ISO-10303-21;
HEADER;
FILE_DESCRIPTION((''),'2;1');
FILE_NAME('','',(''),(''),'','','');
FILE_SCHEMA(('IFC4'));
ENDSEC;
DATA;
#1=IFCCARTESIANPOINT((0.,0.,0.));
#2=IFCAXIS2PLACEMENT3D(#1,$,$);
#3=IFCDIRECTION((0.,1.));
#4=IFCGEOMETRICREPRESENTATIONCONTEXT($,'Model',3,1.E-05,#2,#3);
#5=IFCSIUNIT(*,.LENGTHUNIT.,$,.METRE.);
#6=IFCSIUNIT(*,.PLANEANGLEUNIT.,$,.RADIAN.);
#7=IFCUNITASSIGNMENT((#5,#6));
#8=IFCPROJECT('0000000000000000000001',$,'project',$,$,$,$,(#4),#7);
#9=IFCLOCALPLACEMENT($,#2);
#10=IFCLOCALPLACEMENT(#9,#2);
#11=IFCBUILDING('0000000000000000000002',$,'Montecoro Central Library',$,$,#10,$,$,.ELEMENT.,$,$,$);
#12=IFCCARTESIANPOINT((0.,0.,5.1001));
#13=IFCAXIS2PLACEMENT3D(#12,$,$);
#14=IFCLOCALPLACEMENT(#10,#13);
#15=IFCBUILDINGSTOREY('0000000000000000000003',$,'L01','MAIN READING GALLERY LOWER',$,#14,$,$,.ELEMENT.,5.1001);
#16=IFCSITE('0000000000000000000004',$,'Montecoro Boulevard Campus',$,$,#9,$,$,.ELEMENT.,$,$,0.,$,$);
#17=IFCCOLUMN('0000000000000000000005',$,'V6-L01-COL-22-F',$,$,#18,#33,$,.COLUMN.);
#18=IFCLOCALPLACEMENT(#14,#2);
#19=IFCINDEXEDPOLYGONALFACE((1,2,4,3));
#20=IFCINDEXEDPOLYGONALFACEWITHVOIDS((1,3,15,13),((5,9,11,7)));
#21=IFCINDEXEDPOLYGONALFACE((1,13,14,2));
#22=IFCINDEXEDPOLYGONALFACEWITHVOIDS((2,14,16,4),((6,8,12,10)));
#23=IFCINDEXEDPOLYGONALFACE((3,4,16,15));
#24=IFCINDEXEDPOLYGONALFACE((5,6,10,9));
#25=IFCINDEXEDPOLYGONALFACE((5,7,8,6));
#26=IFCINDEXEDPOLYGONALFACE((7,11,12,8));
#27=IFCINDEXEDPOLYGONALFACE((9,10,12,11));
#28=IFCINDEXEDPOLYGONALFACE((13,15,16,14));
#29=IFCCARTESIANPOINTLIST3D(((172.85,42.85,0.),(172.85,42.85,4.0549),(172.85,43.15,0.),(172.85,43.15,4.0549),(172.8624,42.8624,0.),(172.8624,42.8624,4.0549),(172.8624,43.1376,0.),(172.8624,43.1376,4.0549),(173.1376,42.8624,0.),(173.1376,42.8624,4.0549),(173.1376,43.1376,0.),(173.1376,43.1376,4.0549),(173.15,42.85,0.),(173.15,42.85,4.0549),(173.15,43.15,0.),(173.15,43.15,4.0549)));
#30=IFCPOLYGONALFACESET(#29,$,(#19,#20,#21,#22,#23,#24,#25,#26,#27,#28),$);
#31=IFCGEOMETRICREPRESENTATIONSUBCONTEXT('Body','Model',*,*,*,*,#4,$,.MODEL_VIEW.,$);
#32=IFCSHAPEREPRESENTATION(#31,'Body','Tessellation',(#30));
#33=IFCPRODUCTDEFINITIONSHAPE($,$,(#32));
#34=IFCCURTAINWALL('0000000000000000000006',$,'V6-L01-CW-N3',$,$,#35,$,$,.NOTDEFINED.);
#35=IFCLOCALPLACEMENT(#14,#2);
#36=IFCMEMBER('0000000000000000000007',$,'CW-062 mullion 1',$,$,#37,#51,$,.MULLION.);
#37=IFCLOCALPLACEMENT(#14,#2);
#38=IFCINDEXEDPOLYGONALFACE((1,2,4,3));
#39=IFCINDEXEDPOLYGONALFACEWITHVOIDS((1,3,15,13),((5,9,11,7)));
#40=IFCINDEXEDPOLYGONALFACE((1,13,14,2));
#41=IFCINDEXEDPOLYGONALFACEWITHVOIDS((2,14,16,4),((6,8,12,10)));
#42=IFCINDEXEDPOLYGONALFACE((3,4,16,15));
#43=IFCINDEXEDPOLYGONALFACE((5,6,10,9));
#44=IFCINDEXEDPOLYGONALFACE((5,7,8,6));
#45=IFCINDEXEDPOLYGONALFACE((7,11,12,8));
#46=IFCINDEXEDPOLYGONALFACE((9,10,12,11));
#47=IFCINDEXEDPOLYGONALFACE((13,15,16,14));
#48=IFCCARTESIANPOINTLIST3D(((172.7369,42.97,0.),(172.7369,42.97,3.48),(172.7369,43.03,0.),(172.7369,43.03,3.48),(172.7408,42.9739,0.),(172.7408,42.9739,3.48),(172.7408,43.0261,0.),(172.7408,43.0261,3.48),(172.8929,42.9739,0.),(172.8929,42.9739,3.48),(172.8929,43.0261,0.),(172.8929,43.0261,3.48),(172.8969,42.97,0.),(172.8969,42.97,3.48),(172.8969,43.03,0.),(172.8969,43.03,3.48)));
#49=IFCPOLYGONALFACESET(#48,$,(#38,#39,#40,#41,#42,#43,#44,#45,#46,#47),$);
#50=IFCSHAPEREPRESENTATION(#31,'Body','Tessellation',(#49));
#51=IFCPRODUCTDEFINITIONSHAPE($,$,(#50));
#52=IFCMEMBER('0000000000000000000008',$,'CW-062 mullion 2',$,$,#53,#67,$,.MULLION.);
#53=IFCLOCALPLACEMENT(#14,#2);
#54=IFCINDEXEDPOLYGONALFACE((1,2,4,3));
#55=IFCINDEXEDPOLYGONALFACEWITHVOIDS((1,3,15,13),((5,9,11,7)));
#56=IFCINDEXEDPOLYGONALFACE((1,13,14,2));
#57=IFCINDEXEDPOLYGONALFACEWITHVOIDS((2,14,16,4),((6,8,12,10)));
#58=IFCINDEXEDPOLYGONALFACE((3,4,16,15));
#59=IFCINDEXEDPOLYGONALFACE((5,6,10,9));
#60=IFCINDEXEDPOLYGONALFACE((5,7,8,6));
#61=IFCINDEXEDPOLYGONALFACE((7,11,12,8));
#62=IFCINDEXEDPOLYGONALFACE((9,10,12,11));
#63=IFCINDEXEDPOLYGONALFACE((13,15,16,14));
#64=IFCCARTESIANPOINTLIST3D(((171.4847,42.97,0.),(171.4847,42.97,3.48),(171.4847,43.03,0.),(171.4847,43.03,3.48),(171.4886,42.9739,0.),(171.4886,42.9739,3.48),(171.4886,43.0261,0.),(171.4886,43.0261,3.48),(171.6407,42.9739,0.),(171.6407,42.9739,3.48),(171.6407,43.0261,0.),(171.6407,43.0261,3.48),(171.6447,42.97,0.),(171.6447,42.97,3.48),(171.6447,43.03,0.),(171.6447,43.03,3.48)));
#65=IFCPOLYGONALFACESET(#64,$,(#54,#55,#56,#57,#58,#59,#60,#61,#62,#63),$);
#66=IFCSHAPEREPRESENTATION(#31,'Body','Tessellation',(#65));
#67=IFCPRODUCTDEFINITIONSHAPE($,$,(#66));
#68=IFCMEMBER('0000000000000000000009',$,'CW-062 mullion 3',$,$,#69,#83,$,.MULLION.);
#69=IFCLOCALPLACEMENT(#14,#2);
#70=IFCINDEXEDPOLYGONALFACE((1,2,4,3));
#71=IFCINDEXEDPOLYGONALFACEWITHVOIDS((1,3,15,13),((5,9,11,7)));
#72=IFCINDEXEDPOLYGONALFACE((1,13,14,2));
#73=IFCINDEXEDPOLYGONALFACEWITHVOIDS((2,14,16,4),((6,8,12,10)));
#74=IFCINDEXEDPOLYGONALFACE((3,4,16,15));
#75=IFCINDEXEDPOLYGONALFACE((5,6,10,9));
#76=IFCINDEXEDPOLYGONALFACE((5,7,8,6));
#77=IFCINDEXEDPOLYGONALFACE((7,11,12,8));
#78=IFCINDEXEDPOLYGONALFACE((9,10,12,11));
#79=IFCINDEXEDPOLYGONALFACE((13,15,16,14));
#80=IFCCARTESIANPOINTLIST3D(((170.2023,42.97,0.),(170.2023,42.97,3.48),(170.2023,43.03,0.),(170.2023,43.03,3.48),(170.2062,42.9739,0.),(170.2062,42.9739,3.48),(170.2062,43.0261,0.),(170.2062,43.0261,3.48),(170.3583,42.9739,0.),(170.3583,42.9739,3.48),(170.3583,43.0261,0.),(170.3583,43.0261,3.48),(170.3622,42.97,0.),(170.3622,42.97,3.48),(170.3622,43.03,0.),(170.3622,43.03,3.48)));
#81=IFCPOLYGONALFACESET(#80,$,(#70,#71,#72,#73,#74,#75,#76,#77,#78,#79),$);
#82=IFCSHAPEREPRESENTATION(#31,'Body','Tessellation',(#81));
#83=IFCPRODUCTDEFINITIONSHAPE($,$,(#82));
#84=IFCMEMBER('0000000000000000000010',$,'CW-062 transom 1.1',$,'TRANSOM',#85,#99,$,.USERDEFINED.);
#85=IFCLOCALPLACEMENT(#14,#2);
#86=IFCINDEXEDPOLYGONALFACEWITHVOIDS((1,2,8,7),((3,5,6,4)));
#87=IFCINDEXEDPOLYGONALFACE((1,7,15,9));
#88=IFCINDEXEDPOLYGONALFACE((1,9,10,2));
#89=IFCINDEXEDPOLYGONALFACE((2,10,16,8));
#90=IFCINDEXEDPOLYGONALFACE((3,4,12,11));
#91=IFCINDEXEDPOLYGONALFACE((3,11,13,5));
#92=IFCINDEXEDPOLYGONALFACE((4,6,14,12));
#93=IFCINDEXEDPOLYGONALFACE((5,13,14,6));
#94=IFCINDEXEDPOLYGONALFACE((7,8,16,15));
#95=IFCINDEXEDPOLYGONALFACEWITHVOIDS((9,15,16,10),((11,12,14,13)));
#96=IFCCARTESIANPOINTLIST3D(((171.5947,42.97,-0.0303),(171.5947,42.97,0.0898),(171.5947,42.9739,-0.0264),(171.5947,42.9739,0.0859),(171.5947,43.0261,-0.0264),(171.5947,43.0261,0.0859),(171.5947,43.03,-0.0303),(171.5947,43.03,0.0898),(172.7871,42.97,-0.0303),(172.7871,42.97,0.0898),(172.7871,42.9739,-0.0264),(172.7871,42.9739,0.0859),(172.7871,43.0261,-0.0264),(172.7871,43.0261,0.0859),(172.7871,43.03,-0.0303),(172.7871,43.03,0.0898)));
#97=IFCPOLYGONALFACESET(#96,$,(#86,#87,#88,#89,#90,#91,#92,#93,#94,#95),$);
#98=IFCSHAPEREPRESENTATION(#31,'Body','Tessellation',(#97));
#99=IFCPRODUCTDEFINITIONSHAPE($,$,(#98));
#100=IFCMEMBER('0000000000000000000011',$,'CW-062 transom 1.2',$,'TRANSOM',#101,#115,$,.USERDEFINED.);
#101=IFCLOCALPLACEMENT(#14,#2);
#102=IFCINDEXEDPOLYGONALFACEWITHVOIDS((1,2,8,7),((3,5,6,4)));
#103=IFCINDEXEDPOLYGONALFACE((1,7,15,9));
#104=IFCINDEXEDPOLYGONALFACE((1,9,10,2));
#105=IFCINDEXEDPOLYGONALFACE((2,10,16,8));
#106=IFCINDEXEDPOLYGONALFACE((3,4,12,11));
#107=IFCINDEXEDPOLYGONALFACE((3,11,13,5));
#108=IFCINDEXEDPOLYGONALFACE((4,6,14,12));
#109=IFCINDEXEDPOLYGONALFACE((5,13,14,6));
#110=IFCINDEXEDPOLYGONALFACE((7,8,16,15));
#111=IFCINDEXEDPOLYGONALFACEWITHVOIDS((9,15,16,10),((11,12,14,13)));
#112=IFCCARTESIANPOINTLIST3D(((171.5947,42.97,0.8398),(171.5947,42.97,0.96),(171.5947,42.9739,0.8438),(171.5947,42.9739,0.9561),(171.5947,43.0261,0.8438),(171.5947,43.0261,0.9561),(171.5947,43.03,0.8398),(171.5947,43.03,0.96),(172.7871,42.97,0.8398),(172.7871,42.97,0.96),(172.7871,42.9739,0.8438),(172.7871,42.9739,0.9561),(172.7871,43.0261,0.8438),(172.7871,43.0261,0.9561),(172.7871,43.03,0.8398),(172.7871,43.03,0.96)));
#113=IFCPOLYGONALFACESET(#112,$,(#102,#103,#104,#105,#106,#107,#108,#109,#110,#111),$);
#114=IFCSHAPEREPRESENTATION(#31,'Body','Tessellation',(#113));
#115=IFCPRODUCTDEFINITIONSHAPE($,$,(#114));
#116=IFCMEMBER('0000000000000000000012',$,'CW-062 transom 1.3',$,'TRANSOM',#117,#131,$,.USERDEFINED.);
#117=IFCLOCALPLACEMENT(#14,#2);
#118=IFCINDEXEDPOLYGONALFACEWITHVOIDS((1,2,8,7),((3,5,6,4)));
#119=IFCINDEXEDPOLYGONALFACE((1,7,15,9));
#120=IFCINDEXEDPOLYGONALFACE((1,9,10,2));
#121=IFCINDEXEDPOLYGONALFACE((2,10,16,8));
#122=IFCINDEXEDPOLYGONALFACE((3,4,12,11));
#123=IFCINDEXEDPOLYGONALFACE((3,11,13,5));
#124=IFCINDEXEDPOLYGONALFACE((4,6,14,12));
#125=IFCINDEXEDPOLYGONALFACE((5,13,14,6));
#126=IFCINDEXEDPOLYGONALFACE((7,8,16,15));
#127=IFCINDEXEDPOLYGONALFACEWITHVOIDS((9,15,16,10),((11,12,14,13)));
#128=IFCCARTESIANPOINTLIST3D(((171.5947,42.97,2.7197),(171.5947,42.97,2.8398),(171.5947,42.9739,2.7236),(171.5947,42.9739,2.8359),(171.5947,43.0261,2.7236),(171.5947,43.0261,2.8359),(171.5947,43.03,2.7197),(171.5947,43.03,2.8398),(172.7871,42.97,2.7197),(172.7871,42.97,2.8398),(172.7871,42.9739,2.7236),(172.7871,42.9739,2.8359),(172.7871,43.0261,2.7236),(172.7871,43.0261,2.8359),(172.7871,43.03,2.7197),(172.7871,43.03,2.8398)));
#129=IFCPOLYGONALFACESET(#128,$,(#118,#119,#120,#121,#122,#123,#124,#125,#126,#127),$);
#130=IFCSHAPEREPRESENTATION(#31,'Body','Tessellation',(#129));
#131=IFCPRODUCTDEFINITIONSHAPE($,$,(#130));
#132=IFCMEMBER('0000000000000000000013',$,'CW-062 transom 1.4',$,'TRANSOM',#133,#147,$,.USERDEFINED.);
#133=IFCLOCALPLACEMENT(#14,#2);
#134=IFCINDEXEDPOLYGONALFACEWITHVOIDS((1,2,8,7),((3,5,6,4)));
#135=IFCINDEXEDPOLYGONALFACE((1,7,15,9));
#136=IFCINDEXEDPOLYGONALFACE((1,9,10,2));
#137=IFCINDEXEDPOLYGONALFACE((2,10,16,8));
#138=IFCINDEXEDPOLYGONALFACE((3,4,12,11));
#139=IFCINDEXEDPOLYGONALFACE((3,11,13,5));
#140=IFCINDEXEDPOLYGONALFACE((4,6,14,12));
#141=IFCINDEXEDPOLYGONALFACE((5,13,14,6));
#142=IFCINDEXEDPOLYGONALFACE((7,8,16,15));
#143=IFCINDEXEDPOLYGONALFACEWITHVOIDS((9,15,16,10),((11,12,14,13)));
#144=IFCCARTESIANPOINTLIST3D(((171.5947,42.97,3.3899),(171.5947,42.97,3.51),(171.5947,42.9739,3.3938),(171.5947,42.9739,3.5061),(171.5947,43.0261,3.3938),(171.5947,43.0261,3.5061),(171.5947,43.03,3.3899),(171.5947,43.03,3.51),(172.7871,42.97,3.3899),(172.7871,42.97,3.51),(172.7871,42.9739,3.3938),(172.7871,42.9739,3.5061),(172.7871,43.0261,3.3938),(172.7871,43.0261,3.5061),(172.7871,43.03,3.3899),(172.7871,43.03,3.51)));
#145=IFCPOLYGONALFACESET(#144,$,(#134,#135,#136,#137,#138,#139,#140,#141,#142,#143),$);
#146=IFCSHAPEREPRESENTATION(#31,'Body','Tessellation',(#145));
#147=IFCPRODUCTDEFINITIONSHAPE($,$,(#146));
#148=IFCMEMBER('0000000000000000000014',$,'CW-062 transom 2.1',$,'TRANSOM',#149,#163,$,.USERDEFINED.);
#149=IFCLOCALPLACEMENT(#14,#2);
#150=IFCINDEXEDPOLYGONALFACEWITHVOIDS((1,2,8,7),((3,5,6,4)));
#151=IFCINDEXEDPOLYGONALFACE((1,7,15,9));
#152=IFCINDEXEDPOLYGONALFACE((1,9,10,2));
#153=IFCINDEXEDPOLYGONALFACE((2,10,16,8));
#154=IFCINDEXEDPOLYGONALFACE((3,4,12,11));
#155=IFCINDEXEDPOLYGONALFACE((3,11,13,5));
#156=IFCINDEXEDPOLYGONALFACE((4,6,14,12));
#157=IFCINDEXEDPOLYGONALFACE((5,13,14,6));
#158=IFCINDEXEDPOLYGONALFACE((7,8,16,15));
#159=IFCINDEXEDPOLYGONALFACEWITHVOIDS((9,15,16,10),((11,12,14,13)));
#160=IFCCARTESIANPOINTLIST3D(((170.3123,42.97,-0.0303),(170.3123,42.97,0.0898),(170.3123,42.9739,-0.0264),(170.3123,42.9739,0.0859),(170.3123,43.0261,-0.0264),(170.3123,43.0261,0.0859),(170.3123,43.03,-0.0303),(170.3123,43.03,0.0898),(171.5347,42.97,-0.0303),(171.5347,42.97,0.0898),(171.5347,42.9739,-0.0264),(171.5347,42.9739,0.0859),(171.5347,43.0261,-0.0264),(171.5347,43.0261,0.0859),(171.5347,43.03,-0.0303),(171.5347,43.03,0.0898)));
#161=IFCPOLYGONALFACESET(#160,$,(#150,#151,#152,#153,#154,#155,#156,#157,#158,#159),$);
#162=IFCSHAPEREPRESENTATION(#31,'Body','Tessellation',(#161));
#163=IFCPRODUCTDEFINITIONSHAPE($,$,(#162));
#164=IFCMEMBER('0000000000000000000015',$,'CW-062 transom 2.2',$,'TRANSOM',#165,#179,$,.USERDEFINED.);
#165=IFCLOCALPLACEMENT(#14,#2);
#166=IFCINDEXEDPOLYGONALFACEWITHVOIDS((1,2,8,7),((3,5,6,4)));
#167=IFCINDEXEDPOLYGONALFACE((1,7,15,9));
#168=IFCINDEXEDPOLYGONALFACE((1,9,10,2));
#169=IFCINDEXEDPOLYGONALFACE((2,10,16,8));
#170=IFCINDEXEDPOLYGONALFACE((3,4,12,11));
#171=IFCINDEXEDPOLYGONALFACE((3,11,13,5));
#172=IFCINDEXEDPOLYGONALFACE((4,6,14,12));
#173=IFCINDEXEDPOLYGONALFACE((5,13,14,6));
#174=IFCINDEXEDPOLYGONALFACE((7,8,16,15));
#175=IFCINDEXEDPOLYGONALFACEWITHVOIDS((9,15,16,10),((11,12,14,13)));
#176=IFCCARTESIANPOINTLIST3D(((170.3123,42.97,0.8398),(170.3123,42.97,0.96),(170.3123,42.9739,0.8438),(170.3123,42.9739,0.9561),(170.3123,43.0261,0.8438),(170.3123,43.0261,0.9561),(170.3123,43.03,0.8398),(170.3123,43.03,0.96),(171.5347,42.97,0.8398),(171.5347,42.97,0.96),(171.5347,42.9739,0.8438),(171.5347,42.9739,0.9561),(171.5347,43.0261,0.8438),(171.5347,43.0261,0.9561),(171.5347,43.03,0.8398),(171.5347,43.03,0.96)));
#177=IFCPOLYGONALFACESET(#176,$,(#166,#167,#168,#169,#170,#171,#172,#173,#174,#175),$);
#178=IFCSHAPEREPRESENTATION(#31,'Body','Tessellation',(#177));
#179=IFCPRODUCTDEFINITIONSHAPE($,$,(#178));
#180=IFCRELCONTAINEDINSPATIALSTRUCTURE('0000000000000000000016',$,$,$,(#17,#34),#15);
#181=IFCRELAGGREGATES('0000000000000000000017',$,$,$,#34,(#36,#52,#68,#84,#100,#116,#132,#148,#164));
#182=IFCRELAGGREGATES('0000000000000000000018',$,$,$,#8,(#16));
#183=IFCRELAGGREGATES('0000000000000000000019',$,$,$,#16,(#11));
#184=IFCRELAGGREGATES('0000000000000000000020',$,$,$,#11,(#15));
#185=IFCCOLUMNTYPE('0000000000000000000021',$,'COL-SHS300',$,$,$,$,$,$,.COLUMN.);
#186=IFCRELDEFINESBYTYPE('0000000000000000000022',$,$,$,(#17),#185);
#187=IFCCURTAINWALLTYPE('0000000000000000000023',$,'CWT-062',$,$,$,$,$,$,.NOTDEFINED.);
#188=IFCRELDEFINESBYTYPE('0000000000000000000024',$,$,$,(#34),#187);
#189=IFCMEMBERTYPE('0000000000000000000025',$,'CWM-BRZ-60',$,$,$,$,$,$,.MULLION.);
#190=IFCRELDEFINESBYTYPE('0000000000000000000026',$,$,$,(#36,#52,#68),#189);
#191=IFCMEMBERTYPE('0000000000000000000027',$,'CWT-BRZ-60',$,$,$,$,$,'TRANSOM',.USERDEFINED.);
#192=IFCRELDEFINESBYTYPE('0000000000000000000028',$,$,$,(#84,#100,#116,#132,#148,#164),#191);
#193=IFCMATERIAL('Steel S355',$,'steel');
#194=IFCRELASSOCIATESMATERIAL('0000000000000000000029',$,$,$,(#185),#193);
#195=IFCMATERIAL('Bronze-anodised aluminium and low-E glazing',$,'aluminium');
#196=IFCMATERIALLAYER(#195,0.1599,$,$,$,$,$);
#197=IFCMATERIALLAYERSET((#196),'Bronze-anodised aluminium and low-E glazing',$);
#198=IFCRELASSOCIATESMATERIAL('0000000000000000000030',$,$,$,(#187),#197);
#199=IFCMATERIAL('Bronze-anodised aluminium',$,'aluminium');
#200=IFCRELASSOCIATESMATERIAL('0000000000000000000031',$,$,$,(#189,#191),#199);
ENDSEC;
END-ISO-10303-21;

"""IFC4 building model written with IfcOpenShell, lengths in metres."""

from ifc_helpers import new_model, si_unit, direction, frame, origin, origin_2d, place, context, subcontext, project, spatial, hollow_rectangle, extrude, material, layer, layer_set, material_profile, profile_set, type_object, element, aggregate, save


model = new_model("IFC4")

# Units and contexts
model_context = context("Model", 3, precision=1e-05, world=origin(), true_north=direction((0.0, 1.0)))
body_context = subcontext(model_context, "Body", "Model", "MODEL_VIEW")
ifc_project = project(units=[si_unit("LENGTHUNIT", "METRE"), si_unit("PLANEANGLEUNIT", "RADIAN")], contexts=[model_context])

# Site, building, storey
site_placement = place(None, origin())
site = spatial("IfcSite", under=ifc_project, at=site_placement, Name="Montecoro Boulevard Campus", CompositionType="ELEMENT", RefElevation=0.0)
building_placement = place(site_placement, origin())
building = spatial("IfcBuilding", under=site, at=building_placement, Name="Montecoro Central Library", CompositionType="ELEMENT")
storey_placement = place(building_placement, frame((0.0, 0.0, 5.1001)))
storey = spatial("IfcBuildingStorey", under=building, at=storey_placement, Name="L01", Description="MAIN READING GALLERY LOWER", CompositionType="ELEMENT", Elevation=5.1001)

# Column
ifc_material_1 = material(Name="Steel S355", Category="steel")
ifc_material_profile_1 = material_profile(ifc_material_1, hollow_rectangle(XDim=0.3, YDim=0.3, WallThickness=0.0125, at=origin_2d()), Name="SHS 300x300x12.5")
ifc_profile_set_1 = profile_set([ifc_material_profile_1], Name="Steel S355")
column_type = type_object("IfcColumnType", Name="COL-SHS300", PredefinedType="COLUMN", material=ifc_profile_set_1)
column_placement = place(storey_placement, frame((173.0, 43.0, 0.0), z_axis=(0.0, 0.0, 1.0), x_axis=(1.0, 0.0, 0.0)))
element("IfcColumn", 1, at=column_placement, inside=storey, type_object=column_type, Name="V6-L01-COL-22-F", PredefinedType="COLUMN", context=body_context, shape_type="SweptSolid", body=[
    extrude(hollow_rectangle(XDim=0.3, YDim=0.3, WallThickness=0.0125, at=origin_2d()), origin(), (0.0, 0.0, 1.0), 4.0549),
])

# Curtain wall, members
ifc_material_2 = material(Name="Bronze-anodised aluminium and low-E glazing", Category="aluminium")
ifc_layer_1 = layer(ifc_material_2, 0.1599)
ifc_layer_set_1 = layer_set([ifc_layer_1], Name="Bronze-anodised aluminium and low-E glazing")
curtain_wall_type = type_object("IfcCurtainWallType", Name="CWT-062", PredefinedType="NOTDEFINED", material=ifc_layer_set_1)
curtain_wall_placement = place(storey_placement, origin())
curtain_wall = element("IfcCurtainWall", 2, at=curtain_wall_placement, inside=storey, type_object=curtain_wall_type, Name="V6-L01-CW-N3", PredefinedType="NOTDEFINED")
ifc_material_3 = material(Name="Bronze-anodised aluminium", Category="aluminium")
ifc_material_profile_2 = material_profile(ifc_material_3, hollow_rectangle(XDim=0.0601, YDim=0.1599, WallThickness=0.0039, at=origin_2d()), Name="CWM 160x60x4.0")
ifc_profile_set_2 = profile_set([ifc_material_profile_2], Name="Bronze-anodised aluminium")
member_type_1 = type_object("IfcMemberType", Name="CWM-BRZ-60", PredefinedType="MULLION", material=ifc_profile_set_2)
member_1_placement = place(storey_placement, frame((172.8169, 43.0, 0.0), z_axis=(0.0, 0.0, 1.0), x_axis=(0.0, -1.0, 0.0)))
member_1 = element("IfcMember", 3, at=member_1_placement, type_object=member_type_1, Name="CW-062 mullion 1", PredefinedType="MULLION", context=body_context, shape_type="SweptSolid", body=[
    extrude(hollow_rectangle(XDim=0.0601, YDim=0.1599, WallThickness=0.0039, at=origin_2d()), origin(), (0.0, 0.0, 1.0), 3.48),
])
member_2_placement = place(storey_placement, frame((171.5647, 43.0, 0.0), z_axis=(0.0, 0.0, 1.0), x_axis=(0.0, -1.0, 0.0)))
member_2 = element("IfcMember", 4, at=member_2_placement, type_object=member_type_1, Name="CW-062 mullion 2", PredefinedType="MULLION", context=body_context, shape_type="SweptSolid", body=[
    extrude(hollow_rectangle(XDim=0.0601, YDim=0.1599, WallThickness=0.0039, at=origin_2d()), origin(), (0.0, 0.0, 1.0), 3.48),
])
member_3_placement = place(storey_placement, frame((170.2822, 43.0, 0.0), z_axis=(0.0, 0.0, 1.0), x_axis=(0.0, -1.0, 0.0)))
member_3 = element("IfcMember", 5, at=member_3_placement, type_object=member_type_1, Name="CW-062 mullion 3", PredefinedType="MULLION", context=body_context, shape_type="SweptSolid", body=[
    extrude(hollow_rectangle(XDim=0.0601, YDim=0.1599, WallThickness=0.0039, at=origin_2d()), origin(), (0.0, 0.0, 1.0), 3.48),
])
ifc_material_profile_3 = material_profile(ifc_material_3, hollow_rectangle(XDim=0.0601, YDim=0.1201, WallThickness=0.0039, at=origin_2d()), Name="CWT 120x60x4.0")
ifc_profile_set_3 = profile_set([ifc_material_profile_3], Name="Bronze-anodised aluminium")
member_type_2 = type_object("IfcMemberType", Name="CWT-BRZ-60", ElementType="TRANSOM", PredefinedType="USERDEFINED", material=ifc_profile_set_3)
member_4_placement = place(storey_placement, frame((172.7871, 43.0, 0.0298), z_axis=(-1.0, 0.0, 0.0), x_axis=(0.0, -1.0, 0.0)))
member_4 = element("IfcMember", 6, at=member_4_placement, type_object=member_type_2, Name="CW-062 transom 1.1", ObjectType="TRANSOM", PredefinedType="USERDEFINED", context=body_context, shape_type="SweptSolid", body=[
    extrude(hollow_rectangle(XDim=0.0601, YDim=0.1201, WallThickness=0.0039, at=origin_2d()), origin(), (0.0, 0.0, 1.0), 1.1924),
])
member_5_placement = place(storey_placement, frame((172.7871, 43.0, 0.8999), z_axis=(-1.0, 0.0, 0.0), x_axis=(0.0, -1.0, 0.0)))
member_5 = element("IfcMember", 7, at=member_5_placement, type_object=member_type_2, Name="CW-062 transom 1.2", ObjectType="TRANSOM", PredefinedType="USERDEFINED", context=body_context, shape_type="SweptSolid", body=[
    extrude(hollow_rectangle(XDim=0.0601, YDim=0.1201, WallThickness=0.0039, at=origin_2d()), origin(), (0.0, 0.0, 1.0), 1.1924),
])
member_6_placement = place(storey_placement, frame((172.7871, 43.0, 2.7798), z_axis=(-1.0, 0.0, 0.0), x_axis=(0.0, -1.0, 0.0)))
member_6 = element("IfcMember", 8, at=member_6_placement, type_object=member_type_2, Name="CW-062 transom 1.3", ObjectType="TRANSOM", PredefinedType="USERDEFINED", context=body_context, shape_type="SweptSolid", body=[
    extrude(hollow_rectangle(XDim=0.0601, YDim=0.1201, WallThickness=0.0039, at=origin_2d()), origin(), (0.0, 0.0, 1.0), 1.1924),
])
member_7_placement = place(storey_placement, frame((172.7871, 43.0, 3.45), z_axis=(-1.0, 0.0, 0.0), x_axis=(0.0, -1.0, 0.0)))
member_7 = element("IfcMember", 9, at=member_7_placement, type_object=member_type_2, Name="CW-062 transom 1.4", ObjectType="TRANSOM", PredefinedType="USERDEFINED", context=body_context, shape_type="SweptSolid", body=[
    extrude(hollow_rectangle(XDim=0.0601, YDim=0.1201, WallThickness=0.0039, at=origin_2d()), origin(), (0.0, 0.0, 1.0), 1.1924),
])
member_8_placement = place(storey_placement, frame((171.5347, 43.0, 0.0298), z_axis=(-1.0, 0.0, 0.0), x_axis=(0.0, -1.0, 0.0)))
member_8 = element("IfcMember", 10, at=member_8_placement, type_object=member_type_2, Name="CW-062 transom 2.1", ObjectType="TRANSOM", PredefinedType="USERDEFINED", context=body_context, shape_type="SweptSolid", body=[
    extrude(hollow_rectangle(XDim=0.0601, YDim=0.1201, WallThickness=0.0039, at=origin_2d()), origin(), (0.0, 0.0, 1.0), 1.2224),
])
member_9_placement = place(storey_placement, frame((171.5347, 43.0, 0.8999), z_axis=(-1.0, 0.0, 0.0), x_axis=(0.0, -1.0, 0.0)))
member_9 = element("IfcMember", 11, at=member_9_placement, type_object=member_type_2, Name="CW-062 transom 2.2", ObjectType="TRANSOM", PredefinedType="USERDEFINED", context=body_context, shape_type="SweptSolid", body=[
    extrude(hollow_rectangle(XDim=0.0601, YDim=0.1201, WallThickness=0.0039, at=origin_2d()), origin(), (0.0, 0.0, 1.0), 1.2224),
])
aggregate(curtain_wall, [member_1, member_2, member_3, member_4, member_5, member_6, member_7, member_8, member_9])

save(model, "model.ifc")
